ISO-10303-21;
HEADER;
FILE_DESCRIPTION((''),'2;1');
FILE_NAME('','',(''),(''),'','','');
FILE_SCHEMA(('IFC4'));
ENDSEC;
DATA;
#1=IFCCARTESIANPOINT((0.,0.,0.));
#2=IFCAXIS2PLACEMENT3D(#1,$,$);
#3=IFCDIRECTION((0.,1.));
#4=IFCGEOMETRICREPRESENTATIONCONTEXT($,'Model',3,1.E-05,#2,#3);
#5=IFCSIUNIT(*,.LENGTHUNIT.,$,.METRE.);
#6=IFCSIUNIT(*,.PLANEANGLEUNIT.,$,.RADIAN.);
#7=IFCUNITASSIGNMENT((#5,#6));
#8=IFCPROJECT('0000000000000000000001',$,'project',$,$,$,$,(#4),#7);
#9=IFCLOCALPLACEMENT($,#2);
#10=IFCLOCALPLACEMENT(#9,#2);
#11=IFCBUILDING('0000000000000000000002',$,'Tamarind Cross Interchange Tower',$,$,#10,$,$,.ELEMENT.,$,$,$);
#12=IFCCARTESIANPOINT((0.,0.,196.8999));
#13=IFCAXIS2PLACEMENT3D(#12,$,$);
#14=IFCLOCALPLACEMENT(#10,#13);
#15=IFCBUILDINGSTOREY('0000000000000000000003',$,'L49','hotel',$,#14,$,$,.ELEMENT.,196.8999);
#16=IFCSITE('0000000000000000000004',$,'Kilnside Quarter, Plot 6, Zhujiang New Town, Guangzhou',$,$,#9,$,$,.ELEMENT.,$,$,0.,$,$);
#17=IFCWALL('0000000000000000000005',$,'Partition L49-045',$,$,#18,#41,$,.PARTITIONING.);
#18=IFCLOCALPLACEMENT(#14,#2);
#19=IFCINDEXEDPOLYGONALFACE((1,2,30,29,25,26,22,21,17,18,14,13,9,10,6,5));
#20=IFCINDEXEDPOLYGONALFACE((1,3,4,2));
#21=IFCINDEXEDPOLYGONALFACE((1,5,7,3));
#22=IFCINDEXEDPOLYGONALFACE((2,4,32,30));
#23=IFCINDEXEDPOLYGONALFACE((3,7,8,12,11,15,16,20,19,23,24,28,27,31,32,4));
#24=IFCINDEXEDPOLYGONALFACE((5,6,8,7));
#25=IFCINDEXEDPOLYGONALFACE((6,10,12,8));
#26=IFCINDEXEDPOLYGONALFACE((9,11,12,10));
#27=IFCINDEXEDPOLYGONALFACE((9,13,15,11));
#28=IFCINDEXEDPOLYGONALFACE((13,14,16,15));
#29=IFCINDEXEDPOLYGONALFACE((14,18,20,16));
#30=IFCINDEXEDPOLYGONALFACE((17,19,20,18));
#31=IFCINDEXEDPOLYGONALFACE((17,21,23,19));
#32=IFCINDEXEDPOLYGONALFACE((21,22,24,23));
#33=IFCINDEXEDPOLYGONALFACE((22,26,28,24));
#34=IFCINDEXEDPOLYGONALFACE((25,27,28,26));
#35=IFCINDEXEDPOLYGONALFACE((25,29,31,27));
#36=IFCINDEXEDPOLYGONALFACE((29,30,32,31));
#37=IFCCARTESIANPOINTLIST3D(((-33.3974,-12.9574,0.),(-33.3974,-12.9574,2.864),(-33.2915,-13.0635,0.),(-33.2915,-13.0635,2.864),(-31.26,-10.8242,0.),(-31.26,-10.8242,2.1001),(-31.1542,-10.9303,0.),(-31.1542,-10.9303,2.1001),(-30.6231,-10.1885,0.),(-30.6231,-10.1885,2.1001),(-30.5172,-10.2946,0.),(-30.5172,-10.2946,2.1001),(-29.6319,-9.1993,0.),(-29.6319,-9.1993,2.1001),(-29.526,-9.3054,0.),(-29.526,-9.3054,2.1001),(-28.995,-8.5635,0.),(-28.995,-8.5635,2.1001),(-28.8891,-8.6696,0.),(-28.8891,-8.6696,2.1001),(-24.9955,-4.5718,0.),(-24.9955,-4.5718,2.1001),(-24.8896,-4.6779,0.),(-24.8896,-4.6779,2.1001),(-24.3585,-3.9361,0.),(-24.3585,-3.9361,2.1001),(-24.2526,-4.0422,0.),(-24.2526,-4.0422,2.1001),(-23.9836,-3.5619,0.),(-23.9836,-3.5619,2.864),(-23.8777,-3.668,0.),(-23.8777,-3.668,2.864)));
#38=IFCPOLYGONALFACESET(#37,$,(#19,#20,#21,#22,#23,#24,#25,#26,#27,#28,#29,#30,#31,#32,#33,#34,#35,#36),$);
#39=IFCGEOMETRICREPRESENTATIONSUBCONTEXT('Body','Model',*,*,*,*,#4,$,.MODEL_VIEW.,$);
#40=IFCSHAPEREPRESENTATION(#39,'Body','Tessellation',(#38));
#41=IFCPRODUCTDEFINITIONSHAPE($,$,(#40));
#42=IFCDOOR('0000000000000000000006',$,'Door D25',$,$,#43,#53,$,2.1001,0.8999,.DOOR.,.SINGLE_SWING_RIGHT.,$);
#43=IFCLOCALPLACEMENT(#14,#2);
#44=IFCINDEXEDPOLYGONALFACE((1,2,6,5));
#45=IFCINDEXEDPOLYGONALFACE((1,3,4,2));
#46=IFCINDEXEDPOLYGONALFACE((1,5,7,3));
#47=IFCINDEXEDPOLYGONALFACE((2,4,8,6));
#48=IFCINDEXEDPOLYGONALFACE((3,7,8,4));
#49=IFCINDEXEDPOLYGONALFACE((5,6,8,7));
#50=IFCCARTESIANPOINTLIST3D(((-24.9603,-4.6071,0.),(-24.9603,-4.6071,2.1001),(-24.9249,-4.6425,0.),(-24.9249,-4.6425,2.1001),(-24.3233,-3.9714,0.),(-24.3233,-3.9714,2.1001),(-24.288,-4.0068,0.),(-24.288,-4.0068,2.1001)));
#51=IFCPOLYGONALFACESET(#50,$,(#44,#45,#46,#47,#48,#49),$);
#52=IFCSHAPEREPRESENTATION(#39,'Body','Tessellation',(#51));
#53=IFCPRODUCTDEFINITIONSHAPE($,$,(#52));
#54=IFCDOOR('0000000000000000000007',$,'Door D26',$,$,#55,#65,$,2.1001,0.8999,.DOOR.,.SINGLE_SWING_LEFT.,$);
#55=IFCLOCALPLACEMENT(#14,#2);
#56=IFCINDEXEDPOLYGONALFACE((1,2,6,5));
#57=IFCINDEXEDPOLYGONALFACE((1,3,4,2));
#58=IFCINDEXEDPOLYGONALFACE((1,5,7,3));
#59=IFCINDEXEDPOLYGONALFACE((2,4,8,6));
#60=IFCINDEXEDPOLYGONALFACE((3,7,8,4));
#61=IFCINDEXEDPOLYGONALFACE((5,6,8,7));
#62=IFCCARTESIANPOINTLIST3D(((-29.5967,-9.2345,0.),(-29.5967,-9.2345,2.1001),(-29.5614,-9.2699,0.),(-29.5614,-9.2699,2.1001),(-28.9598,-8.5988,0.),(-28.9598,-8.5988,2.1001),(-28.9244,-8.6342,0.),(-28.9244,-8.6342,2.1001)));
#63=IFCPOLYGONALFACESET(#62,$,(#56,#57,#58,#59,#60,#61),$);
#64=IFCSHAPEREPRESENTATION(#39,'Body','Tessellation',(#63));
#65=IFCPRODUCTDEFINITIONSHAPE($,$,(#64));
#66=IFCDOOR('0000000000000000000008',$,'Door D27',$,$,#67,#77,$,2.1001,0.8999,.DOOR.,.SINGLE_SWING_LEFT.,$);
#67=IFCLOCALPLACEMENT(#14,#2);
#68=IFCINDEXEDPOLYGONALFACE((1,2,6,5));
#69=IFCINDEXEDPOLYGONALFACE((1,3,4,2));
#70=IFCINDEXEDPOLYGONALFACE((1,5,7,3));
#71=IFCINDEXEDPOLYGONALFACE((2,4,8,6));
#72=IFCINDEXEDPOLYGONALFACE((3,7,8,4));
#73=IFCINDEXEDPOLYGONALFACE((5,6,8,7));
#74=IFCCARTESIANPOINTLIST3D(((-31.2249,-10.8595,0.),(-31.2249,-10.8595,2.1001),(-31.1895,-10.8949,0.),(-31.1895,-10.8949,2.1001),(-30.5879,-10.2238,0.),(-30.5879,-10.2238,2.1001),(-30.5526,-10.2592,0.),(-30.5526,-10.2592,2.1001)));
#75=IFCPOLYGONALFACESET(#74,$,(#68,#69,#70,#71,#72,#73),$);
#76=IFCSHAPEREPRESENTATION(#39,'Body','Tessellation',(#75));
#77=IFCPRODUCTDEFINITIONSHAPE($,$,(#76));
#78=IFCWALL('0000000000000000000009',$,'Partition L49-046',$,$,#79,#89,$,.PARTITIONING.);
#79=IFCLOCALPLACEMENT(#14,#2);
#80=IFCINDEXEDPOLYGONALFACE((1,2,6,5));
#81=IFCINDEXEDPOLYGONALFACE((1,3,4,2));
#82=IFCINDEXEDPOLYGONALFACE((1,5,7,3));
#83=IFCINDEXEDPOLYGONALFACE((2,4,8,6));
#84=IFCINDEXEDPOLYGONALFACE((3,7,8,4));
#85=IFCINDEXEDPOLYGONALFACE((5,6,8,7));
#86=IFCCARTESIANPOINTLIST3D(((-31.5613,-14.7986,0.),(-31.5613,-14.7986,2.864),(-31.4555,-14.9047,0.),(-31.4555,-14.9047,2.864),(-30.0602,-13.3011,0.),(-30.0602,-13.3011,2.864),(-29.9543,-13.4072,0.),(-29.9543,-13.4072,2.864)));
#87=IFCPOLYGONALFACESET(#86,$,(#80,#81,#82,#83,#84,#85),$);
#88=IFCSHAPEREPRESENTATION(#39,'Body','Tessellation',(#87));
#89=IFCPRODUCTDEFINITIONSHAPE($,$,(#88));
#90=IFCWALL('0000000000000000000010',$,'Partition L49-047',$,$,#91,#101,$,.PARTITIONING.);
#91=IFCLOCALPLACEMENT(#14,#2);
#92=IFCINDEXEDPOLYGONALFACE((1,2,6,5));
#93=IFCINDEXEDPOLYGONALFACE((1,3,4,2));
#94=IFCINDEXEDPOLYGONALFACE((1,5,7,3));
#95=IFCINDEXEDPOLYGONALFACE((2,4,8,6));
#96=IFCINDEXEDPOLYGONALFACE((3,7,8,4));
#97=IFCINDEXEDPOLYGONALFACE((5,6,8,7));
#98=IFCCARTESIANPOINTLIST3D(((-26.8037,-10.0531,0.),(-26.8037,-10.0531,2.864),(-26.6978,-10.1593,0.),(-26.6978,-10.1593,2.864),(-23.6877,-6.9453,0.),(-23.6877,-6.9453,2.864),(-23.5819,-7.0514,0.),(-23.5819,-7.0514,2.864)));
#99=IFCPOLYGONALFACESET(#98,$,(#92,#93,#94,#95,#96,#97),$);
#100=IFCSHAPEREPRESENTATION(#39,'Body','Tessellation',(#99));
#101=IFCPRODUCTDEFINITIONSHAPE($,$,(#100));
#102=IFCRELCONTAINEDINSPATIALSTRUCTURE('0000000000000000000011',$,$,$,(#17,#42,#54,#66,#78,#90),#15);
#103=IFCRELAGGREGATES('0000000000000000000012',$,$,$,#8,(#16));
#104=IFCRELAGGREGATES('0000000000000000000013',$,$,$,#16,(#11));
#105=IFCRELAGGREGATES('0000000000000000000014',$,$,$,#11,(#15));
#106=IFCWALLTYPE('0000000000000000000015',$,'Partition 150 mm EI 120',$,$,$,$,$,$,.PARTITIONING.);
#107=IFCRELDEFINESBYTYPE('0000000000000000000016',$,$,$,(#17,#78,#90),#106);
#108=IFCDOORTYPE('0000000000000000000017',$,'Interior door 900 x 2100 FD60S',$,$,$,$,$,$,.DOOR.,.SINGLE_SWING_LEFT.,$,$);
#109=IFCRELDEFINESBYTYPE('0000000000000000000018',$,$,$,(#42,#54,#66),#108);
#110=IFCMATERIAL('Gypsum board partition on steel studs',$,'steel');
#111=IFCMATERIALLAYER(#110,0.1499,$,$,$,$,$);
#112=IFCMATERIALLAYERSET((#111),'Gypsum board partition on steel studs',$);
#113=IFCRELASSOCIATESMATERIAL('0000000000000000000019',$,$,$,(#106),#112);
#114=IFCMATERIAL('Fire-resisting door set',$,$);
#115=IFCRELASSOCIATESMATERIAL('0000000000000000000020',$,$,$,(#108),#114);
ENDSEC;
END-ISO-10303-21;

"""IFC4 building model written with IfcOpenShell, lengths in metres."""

from ifc_helpers import new_model, si_unit, direction, frame, frame_2d, origin, place, context, subcontext, project, spatial, rectangle, extrude, material, layer, layer_set, type_object, element, fill, save


model = new_model("IFC4")

# Units and contexts
model_context = context("Model", 3, precision=1e-05, world=origin(), true_north=direction((0.0, 1.0)))
body_context = subcontext(model_context, "Body", "Model", "MODEL_VIEW")
ifc_project = project(units=[si_unit("LENGTHUNIT", "METRE"), si_unit("PLANEANGLEUNIT", "RADIAN")], contexts=[model_context])

# Site, building, storey
site_placement = place(None, origin())
site = spatial("IfcSite", under=ifc_project, at=site_placement, Name="Kilnside Quarter, Plot 6, Zhujiang New Town, Guangzhou", CompositionType="ELEMENT", RefElevation=0.0)
building_placement = place(site_placement, origin())
building = spatial("IfcBuilding", under=site, at=building_placement, Name="Tamarind Cross Interchange Tower", CompositionType="ELEMENT")
storey_placement = place(building_placement, frame((0.0, 0.0, 196.8999)))
storey = spatial("IfcBuildingStorey", under=building, at=storey_placement, Name="L49", Description="hotel", CompositionType="ELEMENT", Elevation=196.8999)

# Shared definitions
ifc_material_1 = material(Name="Gypsum board partition on steel studs", Category="steel")
ifc_layer_1 = layer(ifc_material_1, 0.1499)
ifc_layer_set_1 = layer_set([ifc_layer_1], Name="Gypsum board partition on steel studs")
wall_type = type_object("IfcWallType", Name="Partition 150 mm EI 120", PredefinedType="PARTITIONING", material=ifc_layer_set_1)
ifc_material_2 = material(Name="Fire-resisting door set")

# Shared definitions
door_type_1 = type_object("IfcDoorType", Name="Interior door 900 x 2100 FD60S", OperationType="SINGLE_SWING_LEFT", PredefinedType="DOOR", material=ifc_material_2)

# Wall, openings, doors
wall_1_placement = place(storey_placement, frame((-33.3445, -13.0105, 0.0), z_axis=(0.0, 0.0, 1.0), x_axis=(0.707795, 0.706418, 0.0)))
wall_1 = element("IfcWall", 1, at=wall_1_placement, inside=storey, type_object=wall_type, Name="Partition L49-045", PredefinedType="PARTITIONING", context=body_context, shape_type="SweptSolid", body=[
    extrude(rectangle(XDim=13.3003, YDim=0.1499, at=frame_2d((6.6501, 0.0))), origin(), (0.0, 0.0, 1.0), 2.864),
])
opening_1_placement = place(wall_1_placement, frame((11.8706, 0.0, 0.0)))
opening_1 = element("IfcOpeningElement", 2, at=opening_1_placement, cuts=wall_1, PredefinedType="OPENING", context=body_context, shape_type="SweptSolid", body=[
    extrude(rectangle(XDim=0.8999, YDim=2.1001, at=frame_2d((0.45, 1.05))), frame((0.0, 0.085, 0.0), z_axis=(0.0, -1.0, 0.0), x_axis=(1.0, 0.0, 0.0)), (0.0, 0.0, 1.0), 0.1699),
])
opening_2_placement = place(wall_1_placement, frame((5.3201, 0.0, 0.0)))
opening_2 = element("IfcOpeningElement", 3, at=opening_2_placement, cuts=wall_1, PredefinedType="OPENING", context=body_context, shape_type="SweptSolid", body=[
    extrude(rectangle(XDim=0.8999, YDim=2.1001, at=frame_2d((0.45, 1.05))), frame((0.0, 0.085, 0.0), z_axis=(0.0, -1.0, 0.0), x_axis=(1.0, 0.0, 0.0)), (0.0, 0.0, 1.0), 0.1699),
])
opening_3_placement = place(wall_1_placement, frame((3.0198, 0.0, 0.0)))
opening_3 = element("IfcOpeningElement", 4, at=opening_3_placement, cuts=wall_1, PredefinedType="OPENING", context=body_context, shape_type="SweptSolid", body=[
    extrude(rectangle(XDim=0.8999, YDim=2.1001, at=frame_2d((0.45, 1.05))), frame((0.0, 0.085, 0.0), z_axis=(0.0, -1.0, 0.0), x_axis=(1.0, 0.0, 0.0)), (0.0, 0.0, 1.0), 0.1699),
])
door_1_placement = place(opening_1_placement, frame((0.8999, 0.0, 0.0), z_axis=(0.0, 0.0, 1.0), x_axis=(-1.0, 0.0, 0.0)))
door_1 = element("IfcDoor", 5, at=door_1_placement, inside=storey, type_object=door_type_1, Name="Door D25", OperationType="SINGLE_SWING_RIGHT", OverallHeight=2.1001, OverallWidth=0.8999, PredefinedType="DOOR", context=body_context, shape_type="SweptSolid", body=[
    extrude(rectangle(XDim=0.8999, YDim=2.1001, at=frame_2d((0.45, 1.05))), frame((0.0, 0.0249, 0.0), z_axis=(0.0, -1.0, 0.0), x_axis=(1.0, 0.0, 0.0)), (0.0, 0.0, 1.0), 0.05),
])
fill(opening_1, door_1)
door_2_placement = place(opening_2_placement, frame((0.8999, 0.0, 0.0), z_axis=(0.0, 0.0, 1.0), x_axis=(-1.0, 0.0, 0.0)))
door_2 = element("IfcDoor", 6, at=door_2_placement, inside=storey, type_object=door_type_1, Name="Door D26", OperationType="SINGLE_SWING_LEFT", OverallHeight=2.1001, OverallWidth=0.8999, PredefinedType="DOOR", context=body_context, shape_type="SweptSolid", body=[
    extrude(rectangle(XDim=0.8999, YDim=2.1001, at=frame_2d((0.45, 1.05))), frame((0.0, 0.0249, 0.0), z_axis=(0.0, -1.0, 0.0), x_axis=(1.0, 0.0, 0.0)), (0.0, 0.0, 1.0), 0.05),
])
fill(opening_2, door_2)
door_3_placement = place(opening_3_placement, frame((0.8999, 0.0, 0.0), z_axis=(0.0, 0.0, 1.0), x_axis=(-1.0, 0.0, 0.0)))
door_3 = element("IfcDoor", 7, at=door_3_placement, inside=storey, type_object=door_type_1, Name="Door D27", OperationType="SINGLE_SWING_LEFT", OverallHeight=2.1001, OverallWidth=0.8999, PredefinedType="DOOR", context=body_context, shape_type="SweptSolid", body=[
    extrude(rectangle(XDim=0.8999, YDim=2.1001, at=frame_2d((0.45, 1.05))), frame((0.0, 0.0249, 0.0), z_axis=(0.0, -1.0, 0.0), x_axis=(1.0, 0.0, 0.0)), (0.0, 0.0, 1.0), 0.05),
])
fill(opening_3, door_3)

# Walls
wall_2_placement = place(storey_placement, frame((-31.5083, -14.8516, 0.0), z_axis=(0.0, 0.0, 1.0), x_axis=(0.70797, 0.706243, 0.0)))
element("IfcWall", 8, at=wall_2_placement, inside=storey, type_object=wall_type, Name="Partition L49-046", PredefinedType="PARTITIONING", context=body_context, shape_type="SweptSolid", body=[
    extrude(rectangle(XDim=2.1204, YDim=0.1499, at=frame_2d((1.0601, 0.0))), origin(), (0.0, 0.0, 1.0), 2.864),
])
wall_3_placement = place(storey_placement, frame((-26.7507, -10.1062, 0.0), z_axis=(0.0, 0.0, 1.0), x_axis=(0.708022, 0.706191, 0.0)))
element("IfcWall", 9, at=wall_3_placement, inside=storey, type_object=wall_type, Name="Partition L49-047", PredefinedType="PARTITIONING", context=body_context, shape_type="SweptSolid", body=[
    extrude(rectangle(XDim=4.4009, YDim=0.1499, at=frame_2d((2.2004, 0.0))), origin(), (0.0, 0.0, 1.0), 2.864),
])

save(model, "model.ifc")
